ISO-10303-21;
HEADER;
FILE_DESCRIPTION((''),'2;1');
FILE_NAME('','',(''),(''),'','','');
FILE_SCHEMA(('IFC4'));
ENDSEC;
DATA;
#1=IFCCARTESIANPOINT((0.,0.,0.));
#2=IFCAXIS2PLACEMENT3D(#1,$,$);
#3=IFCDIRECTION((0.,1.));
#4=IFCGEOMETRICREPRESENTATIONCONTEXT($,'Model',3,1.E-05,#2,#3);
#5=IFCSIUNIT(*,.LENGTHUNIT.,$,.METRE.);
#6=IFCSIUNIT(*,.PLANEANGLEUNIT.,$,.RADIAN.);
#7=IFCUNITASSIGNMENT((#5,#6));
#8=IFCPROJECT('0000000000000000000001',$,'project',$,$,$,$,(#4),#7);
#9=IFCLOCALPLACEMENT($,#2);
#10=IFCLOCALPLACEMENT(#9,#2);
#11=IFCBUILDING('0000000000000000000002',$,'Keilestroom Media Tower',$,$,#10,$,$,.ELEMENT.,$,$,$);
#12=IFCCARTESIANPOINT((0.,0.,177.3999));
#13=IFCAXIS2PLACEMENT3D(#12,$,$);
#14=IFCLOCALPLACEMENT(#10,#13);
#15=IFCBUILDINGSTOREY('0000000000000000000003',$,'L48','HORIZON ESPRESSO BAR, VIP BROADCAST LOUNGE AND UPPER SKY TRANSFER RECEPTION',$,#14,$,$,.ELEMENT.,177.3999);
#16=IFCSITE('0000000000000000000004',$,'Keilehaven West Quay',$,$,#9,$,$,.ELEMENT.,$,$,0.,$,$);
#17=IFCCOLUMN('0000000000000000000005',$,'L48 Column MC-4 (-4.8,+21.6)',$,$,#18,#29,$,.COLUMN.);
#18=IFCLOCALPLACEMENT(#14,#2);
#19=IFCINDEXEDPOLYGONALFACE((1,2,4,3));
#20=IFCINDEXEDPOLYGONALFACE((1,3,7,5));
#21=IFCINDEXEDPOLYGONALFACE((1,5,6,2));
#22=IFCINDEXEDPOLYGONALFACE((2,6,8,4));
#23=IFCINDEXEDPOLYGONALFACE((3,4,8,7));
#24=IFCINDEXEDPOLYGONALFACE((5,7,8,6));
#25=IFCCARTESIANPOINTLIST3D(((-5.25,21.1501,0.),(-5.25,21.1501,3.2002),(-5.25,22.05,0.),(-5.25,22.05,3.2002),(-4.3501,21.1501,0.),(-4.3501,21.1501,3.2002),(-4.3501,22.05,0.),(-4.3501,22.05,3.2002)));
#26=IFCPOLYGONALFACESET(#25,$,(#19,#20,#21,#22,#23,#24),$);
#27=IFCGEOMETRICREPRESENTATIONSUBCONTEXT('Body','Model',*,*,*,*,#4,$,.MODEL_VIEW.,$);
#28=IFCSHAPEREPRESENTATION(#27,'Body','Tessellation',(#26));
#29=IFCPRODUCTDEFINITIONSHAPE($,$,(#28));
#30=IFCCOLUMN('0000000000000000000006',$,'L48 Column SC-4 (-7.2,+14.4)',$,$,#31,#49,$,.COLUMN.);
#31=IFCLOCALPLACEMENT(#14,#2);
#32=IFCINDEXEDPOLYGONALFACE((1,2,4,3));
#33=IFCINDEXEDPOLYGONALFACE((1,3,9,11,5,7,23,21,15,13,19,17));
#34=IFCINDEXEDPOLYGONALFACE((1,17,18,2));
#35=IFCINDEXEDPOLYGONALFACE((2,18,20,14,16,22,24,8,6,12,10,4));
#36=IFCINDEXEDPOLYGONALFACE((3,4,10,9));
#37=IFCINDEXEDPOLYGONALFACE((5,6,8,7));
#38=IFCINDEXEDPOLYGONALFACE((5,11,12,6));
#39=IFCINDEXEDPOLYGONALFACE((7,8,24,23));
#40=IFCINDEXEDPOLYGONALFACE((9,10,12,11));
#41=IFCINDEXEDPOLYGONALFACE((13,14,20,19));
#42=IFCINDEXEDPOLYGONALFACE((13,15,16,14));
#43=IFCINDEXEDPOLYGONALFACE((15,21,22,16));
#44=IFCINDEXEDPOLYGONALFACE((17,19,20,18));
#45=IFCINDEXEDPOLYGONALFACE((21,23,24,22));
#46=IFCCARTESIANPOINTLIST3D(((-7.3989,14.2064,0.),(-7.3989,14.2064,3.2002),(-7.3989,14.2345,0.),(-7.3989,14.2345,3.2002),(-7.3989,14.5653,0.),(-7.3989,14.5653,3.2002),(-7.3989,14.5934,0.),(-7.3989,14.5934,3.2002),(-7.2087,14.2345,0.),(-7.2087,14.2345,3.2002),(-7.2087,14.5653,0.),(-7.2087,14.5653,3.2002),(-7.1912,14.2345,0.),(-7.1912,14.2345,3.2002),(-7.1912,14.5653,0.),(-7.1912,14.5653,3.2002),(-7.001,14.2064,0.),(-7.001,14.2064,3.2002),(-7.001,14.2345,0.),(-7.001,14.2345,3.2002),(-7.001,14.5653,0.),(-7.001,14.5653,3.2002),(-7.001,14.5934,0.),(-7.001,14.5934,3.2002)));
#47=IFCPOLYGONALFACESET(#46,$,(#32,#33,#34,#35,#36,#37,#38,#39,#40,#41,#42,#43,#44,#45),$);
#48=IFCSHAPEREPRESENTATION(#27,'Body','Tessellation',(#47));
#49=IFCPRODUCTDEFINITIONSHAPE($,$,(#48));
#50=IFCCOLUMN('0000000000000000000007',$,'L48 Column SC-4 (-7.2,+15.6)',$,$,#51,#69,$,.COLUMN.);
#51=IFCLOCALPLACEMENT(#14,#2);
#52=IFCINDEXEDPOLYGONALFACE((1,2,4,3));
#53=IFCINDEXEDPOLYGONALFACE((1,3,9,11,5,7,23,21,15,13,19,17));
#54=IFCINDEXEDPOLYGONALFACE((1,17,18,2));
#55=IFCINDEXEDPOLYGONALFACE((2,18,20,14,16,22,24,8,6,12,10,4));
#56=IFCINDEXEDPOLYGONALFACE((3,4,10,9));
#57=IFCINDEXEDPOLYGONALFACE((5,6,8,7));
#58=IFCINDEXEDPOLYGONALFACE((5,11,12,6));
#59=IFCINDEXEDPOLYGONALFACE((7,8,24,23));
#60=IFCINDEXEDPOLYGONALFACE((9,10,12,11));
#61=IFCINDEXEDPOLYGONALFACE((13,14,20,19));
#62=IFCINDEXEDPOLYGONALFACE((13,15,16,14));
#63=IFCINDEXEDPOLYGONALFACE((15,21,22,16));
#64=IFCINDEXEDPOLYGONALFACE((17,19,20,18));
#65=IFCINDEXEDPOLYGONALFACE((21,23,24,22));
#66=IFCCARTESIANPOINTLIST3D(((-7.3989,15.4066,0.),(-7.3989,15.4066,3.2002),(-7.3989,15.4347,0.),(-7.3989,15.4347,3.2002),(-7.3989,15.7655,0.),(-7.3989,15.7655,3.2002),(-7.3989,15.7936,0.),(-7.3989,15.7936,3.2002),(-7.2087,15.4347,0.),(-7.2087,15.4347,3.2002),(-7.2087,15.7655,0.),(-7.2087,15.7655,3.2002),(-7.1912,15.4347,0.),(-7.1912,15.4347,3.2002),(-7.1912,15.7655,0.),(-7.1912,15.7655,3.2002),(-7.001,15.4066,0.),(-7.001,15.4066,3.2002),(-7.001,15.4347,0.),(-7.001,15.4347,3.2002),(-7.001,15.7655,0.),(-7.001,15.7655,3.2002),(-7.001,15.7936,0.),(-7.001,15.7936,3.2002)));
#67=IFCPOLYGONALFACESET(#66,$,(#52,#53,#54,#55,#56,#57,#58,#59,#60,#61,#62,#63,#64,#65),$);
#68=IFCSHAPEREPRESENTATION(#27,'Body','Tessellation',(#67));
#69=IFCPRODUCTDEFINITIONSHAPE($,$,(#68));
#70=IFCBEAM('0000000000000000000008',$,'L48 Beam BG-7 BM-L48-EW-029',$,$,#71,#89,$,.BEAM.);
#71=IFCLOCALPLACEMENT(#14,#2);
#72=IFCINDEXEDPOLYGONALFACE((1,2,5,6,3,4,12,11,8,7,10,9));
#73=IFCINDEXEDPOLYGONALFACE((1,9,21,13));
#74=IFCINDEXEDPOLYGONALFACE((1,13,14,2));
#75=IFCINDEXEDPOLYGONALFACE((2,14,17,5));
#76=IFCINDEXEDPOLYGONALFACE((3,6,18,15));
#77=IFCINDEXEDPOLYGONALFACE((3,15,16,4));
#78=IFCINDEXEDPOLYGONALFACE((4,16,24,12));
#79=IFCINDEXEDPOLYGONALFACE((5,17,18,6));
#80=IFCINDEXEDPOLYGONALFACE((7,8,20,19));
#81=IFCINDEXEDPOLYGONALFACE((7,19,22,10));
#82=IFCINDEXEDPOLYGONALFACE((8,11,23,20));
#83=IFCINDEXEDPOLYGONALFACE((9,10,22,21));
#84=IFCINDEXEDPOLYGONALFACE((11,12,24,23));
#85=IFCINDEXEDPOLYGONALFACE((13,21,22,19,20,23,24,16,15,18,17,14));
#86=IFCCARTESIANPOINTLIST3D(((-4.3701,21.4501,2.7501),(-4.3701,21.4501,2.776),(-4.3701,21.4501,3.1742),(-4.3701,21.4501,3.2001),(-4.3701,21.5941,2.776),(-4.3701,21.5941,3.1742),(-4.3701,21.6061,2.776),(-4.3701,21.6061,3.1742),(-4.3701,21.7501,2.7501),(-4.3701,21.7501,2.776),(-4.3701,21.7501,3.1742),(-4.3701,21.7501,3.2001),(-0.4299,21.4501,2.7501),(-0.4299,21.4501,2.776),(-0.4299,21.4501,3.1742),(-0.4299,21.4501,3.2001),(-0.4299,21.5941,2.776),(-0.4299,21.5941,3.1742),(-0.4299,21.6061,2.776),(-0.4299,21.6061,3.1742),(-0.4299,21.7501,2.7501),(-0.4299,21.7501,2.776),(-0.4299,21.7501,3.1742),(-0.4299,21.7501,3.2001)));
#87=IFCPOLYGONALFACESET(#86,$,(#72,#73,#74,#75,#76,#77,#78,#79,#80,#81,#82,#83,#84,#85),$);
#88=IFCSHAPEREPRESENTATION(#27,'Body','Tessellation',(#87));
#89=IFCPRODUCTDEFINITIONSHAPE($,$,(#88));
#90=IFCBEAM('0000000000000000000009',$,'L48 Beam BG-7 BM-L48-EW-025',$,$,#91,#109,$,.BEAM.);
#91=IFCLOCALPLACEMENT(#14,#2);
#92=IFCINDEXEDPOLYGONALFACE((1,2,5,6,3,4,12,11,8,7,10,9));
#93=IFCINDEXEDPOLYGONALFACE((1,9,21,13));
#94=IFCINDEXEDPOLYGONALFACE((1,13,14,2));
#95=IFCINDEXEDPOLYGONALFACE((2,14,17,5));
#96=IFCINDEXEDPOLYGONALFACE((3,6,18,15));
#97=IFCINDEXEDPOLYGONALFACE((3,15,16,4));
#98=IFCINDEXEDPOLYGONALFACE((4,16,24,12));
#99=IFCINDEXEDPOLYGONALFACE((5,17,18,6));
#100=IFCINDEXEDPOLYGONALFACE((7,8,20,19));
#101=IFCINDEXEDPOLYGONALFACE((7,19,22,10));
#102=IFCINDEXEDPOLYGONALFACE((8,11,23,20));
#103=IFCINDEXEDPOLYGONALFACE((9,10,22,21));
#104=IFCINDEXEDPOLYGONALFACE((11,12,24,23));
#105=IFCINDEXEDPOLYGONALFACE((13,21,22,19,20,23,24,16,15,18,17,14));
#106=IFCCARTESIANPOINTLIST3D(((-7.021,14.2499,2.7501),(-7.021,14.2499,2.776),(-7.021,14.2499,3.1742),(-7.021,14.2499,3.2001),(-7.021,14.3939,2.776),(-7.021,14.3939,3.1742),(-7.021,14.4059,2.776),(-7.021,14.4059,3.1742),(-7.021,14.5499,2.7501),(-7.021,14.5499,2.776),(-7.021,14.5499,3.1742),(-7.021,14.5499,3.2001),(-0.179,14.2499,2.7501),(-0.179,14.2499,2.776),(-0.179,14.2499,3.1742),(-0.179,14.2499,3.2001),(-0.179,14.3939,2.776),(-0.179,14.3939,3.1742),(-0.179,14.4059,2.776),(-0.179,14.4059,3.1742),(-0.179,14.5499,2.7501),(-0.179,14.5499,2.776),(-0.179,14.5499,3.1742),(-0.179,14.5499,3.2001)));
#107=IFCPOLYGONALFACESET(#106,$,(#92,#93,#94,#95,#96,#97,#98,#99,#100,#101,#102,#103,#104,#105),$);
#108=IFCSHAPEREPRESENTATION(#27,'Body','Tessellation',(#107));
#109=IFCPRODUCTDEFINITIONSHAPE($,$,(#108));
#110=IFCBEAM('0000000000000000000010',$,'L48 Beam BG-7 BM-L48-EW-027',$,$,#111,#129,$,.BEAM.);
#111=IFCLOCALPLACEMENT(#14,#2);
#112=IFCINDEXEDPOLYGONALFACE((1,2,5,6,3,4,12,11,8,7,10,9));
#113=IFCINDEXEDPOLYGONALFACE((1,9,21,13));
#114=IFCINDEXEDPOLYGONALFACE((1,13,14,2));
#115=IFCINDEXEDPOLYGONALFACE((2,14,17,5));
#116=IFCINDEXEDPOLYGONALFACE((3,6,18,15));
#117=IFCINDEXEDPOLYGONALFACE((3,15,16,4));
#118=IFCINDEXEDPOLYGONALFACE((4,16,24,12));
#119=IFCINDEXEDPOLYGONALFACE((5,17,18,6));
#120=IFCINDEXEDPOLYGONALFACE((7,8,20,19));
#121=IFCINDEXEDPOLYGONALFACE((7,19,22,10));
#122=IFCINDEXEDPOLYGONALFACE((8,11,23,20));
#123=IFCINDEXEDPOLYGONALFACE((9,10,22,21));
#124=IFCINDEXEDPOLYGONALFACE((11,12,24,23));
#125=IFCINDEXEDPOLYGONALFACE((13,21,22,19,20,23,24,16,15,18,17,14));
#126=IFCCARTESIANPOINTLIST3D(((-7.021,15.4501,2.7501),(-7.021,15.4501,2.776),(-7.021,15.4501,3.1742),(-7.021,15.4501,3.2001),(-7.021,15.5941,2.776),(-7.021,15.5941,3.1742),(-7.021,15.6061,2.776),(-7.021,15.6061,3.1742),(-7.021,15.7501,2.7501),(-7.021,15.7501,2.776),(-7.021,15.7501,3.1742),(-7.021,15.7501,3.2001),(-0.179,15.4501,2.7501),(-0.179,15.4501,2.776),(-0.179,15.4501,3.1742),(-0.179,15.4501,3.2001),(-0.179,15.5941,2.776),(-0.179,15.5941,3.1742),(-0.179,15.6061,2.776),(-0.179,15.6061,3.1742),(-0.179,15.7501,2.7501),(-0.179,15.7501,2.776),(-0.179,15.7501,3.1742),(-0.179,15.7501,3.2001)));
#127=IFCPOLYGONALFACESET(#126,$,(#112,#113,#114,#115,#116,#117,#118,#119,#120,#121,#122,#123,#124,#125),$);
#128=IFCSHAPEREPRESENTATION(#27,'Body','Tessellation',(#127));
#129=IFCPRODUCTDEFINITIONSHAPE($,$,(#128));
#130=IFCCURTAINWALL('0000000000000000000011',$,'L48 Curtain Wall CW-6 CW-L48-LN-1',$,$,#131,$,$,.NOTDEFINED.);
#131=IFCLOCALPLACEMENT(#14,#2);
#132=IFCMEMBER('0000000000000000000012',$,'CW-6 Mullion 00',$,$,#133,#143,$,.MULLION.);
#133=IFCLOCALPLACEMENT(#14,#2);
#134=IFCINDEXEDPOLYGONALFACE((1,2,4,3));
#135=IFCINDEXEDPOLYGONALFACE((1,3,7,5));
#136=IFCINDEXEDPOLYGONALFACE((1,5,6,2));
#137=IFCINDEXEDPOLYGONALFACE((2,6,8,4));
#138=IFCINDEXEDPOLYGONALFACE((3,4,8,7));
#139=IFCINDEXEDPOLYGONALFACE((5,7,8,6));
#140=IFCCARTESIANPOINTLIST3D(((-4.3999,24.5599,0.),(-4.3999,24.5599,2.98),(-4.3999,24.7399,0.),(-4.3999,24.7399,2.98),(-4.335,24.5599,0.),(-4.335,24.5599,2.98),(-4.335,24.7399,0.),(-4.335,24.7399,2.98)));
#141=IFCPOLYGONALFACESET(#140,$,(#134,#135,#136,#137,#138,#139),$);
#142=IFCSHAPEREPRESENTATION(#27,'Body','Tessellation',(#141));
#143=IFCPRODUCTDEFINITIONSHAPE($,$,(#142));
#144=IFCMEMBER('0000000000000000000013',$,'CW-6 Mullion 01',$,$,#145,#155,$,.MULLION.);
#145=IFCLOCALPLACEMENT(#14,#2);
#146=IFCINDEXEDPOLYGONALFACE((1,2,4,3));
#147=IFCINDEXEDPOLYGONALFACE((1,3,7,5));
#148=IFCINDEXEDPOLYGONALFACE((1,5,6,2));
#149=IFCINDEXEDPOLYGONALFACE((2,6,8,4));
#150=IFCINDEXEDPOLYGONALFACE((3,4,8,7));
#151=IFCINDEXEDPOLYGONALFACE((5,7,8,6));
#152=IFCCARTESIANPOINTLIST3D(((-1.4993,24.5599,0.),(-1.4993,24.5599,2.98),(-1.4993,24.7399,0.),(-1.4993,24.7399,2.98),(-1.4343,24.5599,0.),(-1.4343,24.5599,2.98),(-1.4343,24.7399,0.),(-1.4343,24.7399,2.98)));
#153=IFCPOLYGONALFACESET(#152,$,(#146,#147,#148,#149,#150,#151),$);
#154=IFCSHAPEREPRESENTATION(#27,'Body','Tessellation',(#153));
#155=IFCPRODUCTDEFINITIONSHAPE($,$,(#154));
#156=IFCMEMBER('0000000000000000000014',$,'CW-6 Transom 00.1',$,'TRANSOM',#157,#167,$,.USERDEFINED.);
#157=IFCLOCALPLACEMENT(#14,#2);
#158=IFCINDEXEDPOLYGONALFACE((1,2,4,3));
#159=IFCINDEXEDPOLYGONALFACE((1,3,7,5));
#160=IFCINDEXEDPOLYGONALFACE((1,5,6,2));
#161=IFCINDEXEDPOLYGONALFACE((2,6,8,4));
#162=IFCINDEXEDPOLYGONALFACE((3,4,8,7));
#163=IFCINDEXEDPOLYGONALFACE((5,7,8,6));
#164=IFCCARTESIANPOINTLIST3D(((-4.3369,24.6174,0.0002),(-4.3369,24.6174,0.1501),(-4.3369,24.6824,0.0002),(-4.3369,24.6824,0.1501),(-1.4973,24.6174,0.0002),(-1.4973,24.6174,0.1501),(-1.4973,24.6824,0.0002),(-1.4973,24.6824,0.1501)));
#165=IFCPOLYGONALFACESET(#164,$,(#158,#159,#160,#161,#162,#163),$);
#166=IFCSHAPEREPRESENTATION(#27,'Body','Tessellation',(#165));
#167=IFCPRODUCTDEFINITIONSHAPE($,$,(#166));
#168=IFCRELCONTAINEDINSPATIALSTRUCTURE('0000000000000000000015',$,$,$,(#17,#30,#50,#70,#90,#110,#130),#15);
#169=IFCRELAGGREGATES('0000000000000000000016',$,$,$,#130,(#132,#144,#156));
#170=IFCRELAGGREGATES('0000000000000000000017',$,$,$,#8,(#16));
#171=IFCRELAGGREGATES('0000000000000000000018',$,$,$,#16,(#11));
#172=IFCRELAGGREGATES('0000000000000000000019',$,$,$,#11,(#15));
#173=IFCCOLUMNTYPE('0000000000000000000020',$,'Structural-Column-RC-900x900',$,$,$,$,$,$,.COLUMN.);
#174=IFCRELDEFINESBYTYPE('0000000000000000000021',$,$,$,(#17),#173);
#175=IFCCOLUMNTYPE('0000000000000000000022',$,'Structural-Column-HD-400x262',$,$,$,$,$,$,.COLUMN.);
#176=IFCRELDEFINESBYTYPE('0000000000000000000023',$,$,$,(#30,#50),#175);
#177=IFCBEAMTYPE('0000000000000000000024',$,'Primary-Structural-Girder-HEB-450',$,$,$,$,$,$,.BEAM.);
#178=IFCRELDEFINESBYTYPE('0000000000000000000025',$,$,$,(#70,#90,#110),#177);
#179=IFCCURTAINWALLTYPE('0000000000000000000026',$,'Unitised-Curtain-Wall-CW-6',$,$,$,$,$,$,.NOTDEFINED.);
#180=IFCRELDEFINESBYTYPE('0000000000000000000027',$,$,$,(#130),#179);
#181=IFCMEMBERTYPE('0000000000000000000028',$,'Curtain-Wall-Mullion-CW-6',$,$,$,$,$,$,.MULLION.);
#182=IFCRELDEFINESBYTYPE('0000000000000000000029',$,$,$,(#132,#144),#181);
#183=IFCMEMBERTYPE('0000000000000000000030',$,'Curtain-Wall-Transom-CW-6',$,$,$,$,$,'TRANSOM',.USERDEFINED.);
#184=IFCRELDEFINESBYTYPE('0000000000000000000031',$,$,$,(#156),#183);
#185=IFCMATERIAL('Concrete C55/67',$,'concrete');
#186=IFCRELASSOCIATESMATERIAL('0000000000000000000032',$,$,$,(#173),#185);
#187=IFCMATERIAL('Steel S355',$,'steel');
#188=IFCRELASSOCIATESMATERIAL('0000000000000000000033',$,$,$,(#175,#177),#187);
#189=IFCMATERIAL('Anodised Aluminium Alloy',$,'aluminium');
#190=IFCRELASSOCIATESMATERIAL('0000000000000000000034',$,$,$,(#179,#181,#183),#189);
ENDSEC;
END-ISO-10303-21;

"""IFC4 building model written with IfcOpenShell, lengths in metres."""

from ifc_helpers import new_model, si_unit, direction, frame, origin, origin_2d, place, context, subcontext, project, spatial, rectangle, i_section, extrude, source, transform, mapped, material, material_profile, profile_set, type_object, element, aggregate, save


model = new_model("IFC4")

# Units and contexts
model_context = context("Model", 3, precision=1e-05, world=origin(), true_north=direction((0.0, 1.0)))
body_context = subcontext(model_context, "Body", "Model", "MODEL_VIEW")
ifc_project = project(units=[si_unit("LENGTHUNIT", "METRE"), si_unit("PLANEANGLEUNIT", "RADIAN")], contexts=[model_context])

# Site, building, storey
site_placement = place(None, origin())
site = spatial("IfcSite", under=ifc_project, at=site_placement, Name="Keilehaven West Quay", CompositionType="ELEMENT", RefElevation=0.0)
building_placement = place(site_placement, origin())
building = spatial("IfcBuilding", under=site, at=building_placement, Name="Keilestroom Media Tower", CompositionType="ELEMENT")
storey_placement = place(building_placement, frame((0.0, 0.0, 177.3999)))
storey = spatial("IfcBuildingStorey", under=building, at=storey_placement, Name="L48", Description="HORIZON ESPRESSO BAR, VIP BROADCAST LOUNGE AND UPPER SKY TRANSFER RECEPTION", CompositionType="ELEMENT", Elevation=177.3999)

# Columns
ifc_material_1 = material(Name="Concrete C55/67", Category="concrete")
ifc_material_profile_1 = material_profile(ifc_material_1, rectangle(XDim=0.8999, YDim=0.8999, at=origin_2d()), Name="RC 900x900")
ifc_profile_set_1 = profile_set([ifc_material_profile_1], Name="Concrete C55/67")
column_type_1 = type_object("IfcColumnType", Name="Structural-Column-RC-900x900", PredefinedType="COLUMN", material=ifc_profile_set_1)
shared_shape_1 = source(origin(), body_context, "Body", "SweptSolid", [
    extrude(rectangle(XDim=0.8999, YDim=0.8999, at=origin_2d()), origin(), (0.0, 0.0, 1.0), 3.2002),
])
column_placement = place(storey_placement, frame((-4.8, 21.6001, 0.0), z_axis=(0.0, 0.0, 1.0), x_axis=(1.0, 0.0, 0.0)))
element("IfcColumn", 1, at=column_placement, inside=storey, type_object=column_type_1, Name="L48 Column MC-4 (-4.8,+21.6)", PredefinedType="COLUMN", context=body_context, shape_type="MappedRepresentation", body=[
    mapped(shared_shape_1, transform((0.0, 0.0, 0.0), x_axis=(1.0, 0.0, 0.0), y_axis=(0.0, 1.0, 0.0), z_axis=(0.0, 0.0, 1.0), scale=1.0)),
])
ifc_material_2 = material(Name="Steel S355", Category="steel")
ifc_material_profile_2 = material_profile(ifc_material_2, i_section(OverallWidth=0.3979, OverallDepth=0.387, WebThickness=0.0176, FlangeThickness=0.0281, at=origin_2d()), Name="HD 400x262")
ifc_profile_set_2 = profile_set([ifc_material_profile_2], Name="Steel S355")
column_type_2 = type_object("IfcColumnType", Name="Structural-Column-HD-400x262", PredefinedType="COLUMN", material=ifc_profile_set_2)
shared_shape_2 = source(origin(), body_context, "Body", "SweptSolid", [
    extrude(i_section(OverallWidth=0.3979, OverallDepth=0.387, WebThickness=0.0176, FlangeThickness=0.0281, at=origin_2d()), origin(), (0.0, 0.0, 1.0), 3.2002),
])
for number, where, z_axis, x_axis, name in (
    (2, (-7.2, 14.3999, 0.0), (0.0, 0.0, 1.0), (1.0, 0.0, 0.0), "L48 Column SC-4 (-7.2,+14.4)"),
    (3, (-7.2, 15.6001, 0.0), (0.0, 0.0, 1.0), (1.0, 0.0, 0.0), "L48 Column SC-4 (-7.2,+15.6)"),
):
    element("IfcColumn", number, at=place(storey_placement, frame(where, z_axis=z_axis, x_axis=x_axis)), inside=storey, type_object=column_type_2, Name=name, PredefinedType="COLUMN", context=body_context, shape_type="MappedRepresentation", body=[
        mapped(shared_shape_2, transform((0.0, 0.0, 0.0), x_axis=(1.0, 0.0, 0.0), y_axis=(0.0, 1.0, 0.0), z_axis=(0.0, 0.0, 1.0), scale=1.0)),
    ])

# Beams
ifc_material_profile_3 = material_profile(ifc_material_2, i_section(OverallWidth=0.3, OverallDepth=0.45, WebThickness=0.012, FlangeThickness=0.0259, at=origin_2d()), Name="HEB 450")
ifc_profile_set_3 = profile_set([ifc_material_profile_3], Name="Steel S355")
beam_type = type_object("IfcBeamType", Name="Primary-Structural-Girder-HEB-450", PredefinedType="BEAM", material=ifc_profile_set_3)
shared_shape_3 = source(origin(), body_context, "Body", "SweptSolid", [
    extrude(i_section(OverallWidth=0.3, OverallDepth=0.45, WebThickness=0.012, FlangeThickness=0.0259, at=origin_2d()), origin(), (0.0, 0.0, 1.0), 3.9402),
])
beam_placement = place(storey_placement, frame((-4.3701, 21.6001, 2.9751), z_axis=(1.0, 0.0, 0.0), x_axis=(0.0, 1.0, 0.0)))
element("IfcBeam", 4, at=beam_placement, inside=storey, type_object=beam_type, Name="L48 Beam BG-7 BM-L48-EW-029", PredefinedType="BEAM", context=body_context, shape_type="MappedRepresentation", body=[
    mapped(shared_shape_3, transform((0.0, 0.0, 0.0), x_axis=(1.0, 0.0, 0.0), y_axis=(0.0, 1.0, 0.0), z_axis=(0.0, 0.0, 1.0), scale=1.0)),
])
shared_shape_4 = source(origin(), body_context, "Body", "SweptSolid", [
    extrude(i_section(OverallWidth=0.3, OverallDepth=0.45, WebThickness=0.012, FlangeThickness=0.0259, at=origin_2d()), origin(), (0.0, 0.0, 1.0), 6.842),
])
for number, where, z_axis, x_axis, name in (
    (5, (-7.021, 14.3999, 2.9751), (1.0, 0.0, 0.0), (0.0, 1.0, 0.0), "L48 Beam BG-7 BM-L48-EW-025"),
    (6, (-7.021, 15.6001, 2.9751), (1.0, 0.0, 0.0), (0.0, 1.0, 0.0), "L48 Beam BG-7 BM-L48-EW-027"),
):
    element("IfcBeam", number, at=place(storey_placement, frame(where, z_axis=z_axis, x_axis=x_axis)), inside=storey, type_object=beam_type, Name=name, PredefinedType="BEAM", context=body_context, shape_type="MappedRepresentation", body=[
        mapped(shared_shape_4, transform((0.0, 0.0, 0.0), x_axis=(1.0, 0.0, 0.0), y_axis=(0.0, 1.0, 0.0), z_axis=(0.0, 0.0, 1.0), scale=1.0)),
    ])

# Curtain wall, members
ifc_material_3 = material(Name="Anodised Aluminium Alloy", Category="aluminium")
curtain_wall_type = type_object("IfcCurtainWallType", Name="Unitised-Curtain-Wall-CW-6", PredefinedType="NOTDEFINED", material=ifc_material_3)
curtain_wall_placement = place(storey_placement, origin())
curtain_wall = element("IfcCurtainWall", 7, at=curtain_wall_placement, inside=storey, type_object=curtain_wall_type, Name="L48 Curtain Wall CW-6 CW-L48-LN-1", PredefinedType="NOTDEFINED")
ifc_material_profile_4 = material_profile(ifc_material_3, rectangle(XDim=0.0649, YDim=0.1799, at=origin_2d()), Name="ALU MULLION 65x180")
ifc_profile_set_4 = profile_set([ifc_material_profile_4], Name="Anodised Aluminium Alloy")
member_type_1 = type_object("IfcMemberType", Name="Curtain-Wall-Mullion-CW-6", PredefinedType="MULLION", material=ifc_profile_set_4)
shared_shape_5 = source(origin(), body_context, "Body", "SweptSolid", [
    extrude(rectangle(XDim=0.0649, YDim=0.1799, at=origin_2d()), origin(), (0.0, 0.0, 1.0), 2.98),
])
member_1_placement = place(storey_placement, frame((-4.3674, 24.6499, 0.0), z_axis=(0.0, 0.0, 1.0), x_axis=(1.0, 0.0, 0.0)))
member_1 = element("IfcMember", 8, at=member_1_placement, type_object=member_type_1, Name="CW-6 Mullion 00", PredefinedType="MULLION", context=body_context, shape_type="MappedRepresentation", body=[
    mapped(shared_shape_5, transform((0.0, 0.0, 0.0), x_axis=(1.0, 0.0, 0.0), y_axis=(0.0, 1.0, 0.0), z_axis=(0.0, 0.0, 1.0), scale=1.0)),
])
member_2_placement = place(storey_placement, frame((-1.4668, 24.6499, 0.0), z_axis=(0.0, 0.0, 1.0), x_axis=(1.0, 0.0, 0.0)))
member_2 = element("IfcMember", 9, at=member_2_placement, type_object=member_type_1, Name="CW-6 Mullion 01", PredefinedType="MULLION", context=body_context, shape_type="MappedRepresentation", body=[
    mapped(shared_shape_5, transform((0.0, 0.0, 0.0), x_axis=(1.0, 0.0, 0.0), y_axis=(0.0, 1.0, 0.0), z_axis=(0.0, 0.0, 1.0), scale=1.0)),
])
ifc_material_profile_5 = material_profile(ifc_material_3, rectangle(XDim=0.0649, YDim=0.1499, at=origin_2d()), Name="ALU TRANSOM 65x150")
ifc_profile_set_5 = profile_set([ifc_material_profile_5], Name="Anodised Aluminium Alloy")
member_type_2 = type_object("IfcMemberType", Name="Curtain-Wall-Transom-CW-6", ElementType="TRANSOM", PredefinedType="USERDEFINED", material=ifc_profile_set_5)
shared_shape_6 = source(origin(), body_context, "Body", "SweptSolid", [
    extrude(rectangle(XDim=0.0649, YDim=0.1499, at=origin_2d()), origin(), (0.0, 0.0, 1.0), 2.8396),
])
member_3_placement = place(storey_placement, frame((-4.3369, 24.6499, 0.0752), z_axis=(1.0, 0.0, 0.0), x_axis=(0.0, 1.0, 0.0)))
member_3 = element("IfcMember", 10, at=member_3_placement, type_object=member_type_2, Name="CW-6 Transom 00.1", ObjectType="TRANSOM", PredefinedType="USERDEFINED", context=body_context, shape_type="MappedRepresentation", body=[
    mapped(shared_shape_6, transform((0.0, 0.0, 0.0), x_axis=(1.0, 0.0, 0.0), y_axis=(0.0, 1.0, 0.0), z_axis=(0.0, 0.0, 1.0), scale=1.0)),
])
aggregate(curtain_wall, [member_1, member_2, member_3])

save(model, "model.ifc")
